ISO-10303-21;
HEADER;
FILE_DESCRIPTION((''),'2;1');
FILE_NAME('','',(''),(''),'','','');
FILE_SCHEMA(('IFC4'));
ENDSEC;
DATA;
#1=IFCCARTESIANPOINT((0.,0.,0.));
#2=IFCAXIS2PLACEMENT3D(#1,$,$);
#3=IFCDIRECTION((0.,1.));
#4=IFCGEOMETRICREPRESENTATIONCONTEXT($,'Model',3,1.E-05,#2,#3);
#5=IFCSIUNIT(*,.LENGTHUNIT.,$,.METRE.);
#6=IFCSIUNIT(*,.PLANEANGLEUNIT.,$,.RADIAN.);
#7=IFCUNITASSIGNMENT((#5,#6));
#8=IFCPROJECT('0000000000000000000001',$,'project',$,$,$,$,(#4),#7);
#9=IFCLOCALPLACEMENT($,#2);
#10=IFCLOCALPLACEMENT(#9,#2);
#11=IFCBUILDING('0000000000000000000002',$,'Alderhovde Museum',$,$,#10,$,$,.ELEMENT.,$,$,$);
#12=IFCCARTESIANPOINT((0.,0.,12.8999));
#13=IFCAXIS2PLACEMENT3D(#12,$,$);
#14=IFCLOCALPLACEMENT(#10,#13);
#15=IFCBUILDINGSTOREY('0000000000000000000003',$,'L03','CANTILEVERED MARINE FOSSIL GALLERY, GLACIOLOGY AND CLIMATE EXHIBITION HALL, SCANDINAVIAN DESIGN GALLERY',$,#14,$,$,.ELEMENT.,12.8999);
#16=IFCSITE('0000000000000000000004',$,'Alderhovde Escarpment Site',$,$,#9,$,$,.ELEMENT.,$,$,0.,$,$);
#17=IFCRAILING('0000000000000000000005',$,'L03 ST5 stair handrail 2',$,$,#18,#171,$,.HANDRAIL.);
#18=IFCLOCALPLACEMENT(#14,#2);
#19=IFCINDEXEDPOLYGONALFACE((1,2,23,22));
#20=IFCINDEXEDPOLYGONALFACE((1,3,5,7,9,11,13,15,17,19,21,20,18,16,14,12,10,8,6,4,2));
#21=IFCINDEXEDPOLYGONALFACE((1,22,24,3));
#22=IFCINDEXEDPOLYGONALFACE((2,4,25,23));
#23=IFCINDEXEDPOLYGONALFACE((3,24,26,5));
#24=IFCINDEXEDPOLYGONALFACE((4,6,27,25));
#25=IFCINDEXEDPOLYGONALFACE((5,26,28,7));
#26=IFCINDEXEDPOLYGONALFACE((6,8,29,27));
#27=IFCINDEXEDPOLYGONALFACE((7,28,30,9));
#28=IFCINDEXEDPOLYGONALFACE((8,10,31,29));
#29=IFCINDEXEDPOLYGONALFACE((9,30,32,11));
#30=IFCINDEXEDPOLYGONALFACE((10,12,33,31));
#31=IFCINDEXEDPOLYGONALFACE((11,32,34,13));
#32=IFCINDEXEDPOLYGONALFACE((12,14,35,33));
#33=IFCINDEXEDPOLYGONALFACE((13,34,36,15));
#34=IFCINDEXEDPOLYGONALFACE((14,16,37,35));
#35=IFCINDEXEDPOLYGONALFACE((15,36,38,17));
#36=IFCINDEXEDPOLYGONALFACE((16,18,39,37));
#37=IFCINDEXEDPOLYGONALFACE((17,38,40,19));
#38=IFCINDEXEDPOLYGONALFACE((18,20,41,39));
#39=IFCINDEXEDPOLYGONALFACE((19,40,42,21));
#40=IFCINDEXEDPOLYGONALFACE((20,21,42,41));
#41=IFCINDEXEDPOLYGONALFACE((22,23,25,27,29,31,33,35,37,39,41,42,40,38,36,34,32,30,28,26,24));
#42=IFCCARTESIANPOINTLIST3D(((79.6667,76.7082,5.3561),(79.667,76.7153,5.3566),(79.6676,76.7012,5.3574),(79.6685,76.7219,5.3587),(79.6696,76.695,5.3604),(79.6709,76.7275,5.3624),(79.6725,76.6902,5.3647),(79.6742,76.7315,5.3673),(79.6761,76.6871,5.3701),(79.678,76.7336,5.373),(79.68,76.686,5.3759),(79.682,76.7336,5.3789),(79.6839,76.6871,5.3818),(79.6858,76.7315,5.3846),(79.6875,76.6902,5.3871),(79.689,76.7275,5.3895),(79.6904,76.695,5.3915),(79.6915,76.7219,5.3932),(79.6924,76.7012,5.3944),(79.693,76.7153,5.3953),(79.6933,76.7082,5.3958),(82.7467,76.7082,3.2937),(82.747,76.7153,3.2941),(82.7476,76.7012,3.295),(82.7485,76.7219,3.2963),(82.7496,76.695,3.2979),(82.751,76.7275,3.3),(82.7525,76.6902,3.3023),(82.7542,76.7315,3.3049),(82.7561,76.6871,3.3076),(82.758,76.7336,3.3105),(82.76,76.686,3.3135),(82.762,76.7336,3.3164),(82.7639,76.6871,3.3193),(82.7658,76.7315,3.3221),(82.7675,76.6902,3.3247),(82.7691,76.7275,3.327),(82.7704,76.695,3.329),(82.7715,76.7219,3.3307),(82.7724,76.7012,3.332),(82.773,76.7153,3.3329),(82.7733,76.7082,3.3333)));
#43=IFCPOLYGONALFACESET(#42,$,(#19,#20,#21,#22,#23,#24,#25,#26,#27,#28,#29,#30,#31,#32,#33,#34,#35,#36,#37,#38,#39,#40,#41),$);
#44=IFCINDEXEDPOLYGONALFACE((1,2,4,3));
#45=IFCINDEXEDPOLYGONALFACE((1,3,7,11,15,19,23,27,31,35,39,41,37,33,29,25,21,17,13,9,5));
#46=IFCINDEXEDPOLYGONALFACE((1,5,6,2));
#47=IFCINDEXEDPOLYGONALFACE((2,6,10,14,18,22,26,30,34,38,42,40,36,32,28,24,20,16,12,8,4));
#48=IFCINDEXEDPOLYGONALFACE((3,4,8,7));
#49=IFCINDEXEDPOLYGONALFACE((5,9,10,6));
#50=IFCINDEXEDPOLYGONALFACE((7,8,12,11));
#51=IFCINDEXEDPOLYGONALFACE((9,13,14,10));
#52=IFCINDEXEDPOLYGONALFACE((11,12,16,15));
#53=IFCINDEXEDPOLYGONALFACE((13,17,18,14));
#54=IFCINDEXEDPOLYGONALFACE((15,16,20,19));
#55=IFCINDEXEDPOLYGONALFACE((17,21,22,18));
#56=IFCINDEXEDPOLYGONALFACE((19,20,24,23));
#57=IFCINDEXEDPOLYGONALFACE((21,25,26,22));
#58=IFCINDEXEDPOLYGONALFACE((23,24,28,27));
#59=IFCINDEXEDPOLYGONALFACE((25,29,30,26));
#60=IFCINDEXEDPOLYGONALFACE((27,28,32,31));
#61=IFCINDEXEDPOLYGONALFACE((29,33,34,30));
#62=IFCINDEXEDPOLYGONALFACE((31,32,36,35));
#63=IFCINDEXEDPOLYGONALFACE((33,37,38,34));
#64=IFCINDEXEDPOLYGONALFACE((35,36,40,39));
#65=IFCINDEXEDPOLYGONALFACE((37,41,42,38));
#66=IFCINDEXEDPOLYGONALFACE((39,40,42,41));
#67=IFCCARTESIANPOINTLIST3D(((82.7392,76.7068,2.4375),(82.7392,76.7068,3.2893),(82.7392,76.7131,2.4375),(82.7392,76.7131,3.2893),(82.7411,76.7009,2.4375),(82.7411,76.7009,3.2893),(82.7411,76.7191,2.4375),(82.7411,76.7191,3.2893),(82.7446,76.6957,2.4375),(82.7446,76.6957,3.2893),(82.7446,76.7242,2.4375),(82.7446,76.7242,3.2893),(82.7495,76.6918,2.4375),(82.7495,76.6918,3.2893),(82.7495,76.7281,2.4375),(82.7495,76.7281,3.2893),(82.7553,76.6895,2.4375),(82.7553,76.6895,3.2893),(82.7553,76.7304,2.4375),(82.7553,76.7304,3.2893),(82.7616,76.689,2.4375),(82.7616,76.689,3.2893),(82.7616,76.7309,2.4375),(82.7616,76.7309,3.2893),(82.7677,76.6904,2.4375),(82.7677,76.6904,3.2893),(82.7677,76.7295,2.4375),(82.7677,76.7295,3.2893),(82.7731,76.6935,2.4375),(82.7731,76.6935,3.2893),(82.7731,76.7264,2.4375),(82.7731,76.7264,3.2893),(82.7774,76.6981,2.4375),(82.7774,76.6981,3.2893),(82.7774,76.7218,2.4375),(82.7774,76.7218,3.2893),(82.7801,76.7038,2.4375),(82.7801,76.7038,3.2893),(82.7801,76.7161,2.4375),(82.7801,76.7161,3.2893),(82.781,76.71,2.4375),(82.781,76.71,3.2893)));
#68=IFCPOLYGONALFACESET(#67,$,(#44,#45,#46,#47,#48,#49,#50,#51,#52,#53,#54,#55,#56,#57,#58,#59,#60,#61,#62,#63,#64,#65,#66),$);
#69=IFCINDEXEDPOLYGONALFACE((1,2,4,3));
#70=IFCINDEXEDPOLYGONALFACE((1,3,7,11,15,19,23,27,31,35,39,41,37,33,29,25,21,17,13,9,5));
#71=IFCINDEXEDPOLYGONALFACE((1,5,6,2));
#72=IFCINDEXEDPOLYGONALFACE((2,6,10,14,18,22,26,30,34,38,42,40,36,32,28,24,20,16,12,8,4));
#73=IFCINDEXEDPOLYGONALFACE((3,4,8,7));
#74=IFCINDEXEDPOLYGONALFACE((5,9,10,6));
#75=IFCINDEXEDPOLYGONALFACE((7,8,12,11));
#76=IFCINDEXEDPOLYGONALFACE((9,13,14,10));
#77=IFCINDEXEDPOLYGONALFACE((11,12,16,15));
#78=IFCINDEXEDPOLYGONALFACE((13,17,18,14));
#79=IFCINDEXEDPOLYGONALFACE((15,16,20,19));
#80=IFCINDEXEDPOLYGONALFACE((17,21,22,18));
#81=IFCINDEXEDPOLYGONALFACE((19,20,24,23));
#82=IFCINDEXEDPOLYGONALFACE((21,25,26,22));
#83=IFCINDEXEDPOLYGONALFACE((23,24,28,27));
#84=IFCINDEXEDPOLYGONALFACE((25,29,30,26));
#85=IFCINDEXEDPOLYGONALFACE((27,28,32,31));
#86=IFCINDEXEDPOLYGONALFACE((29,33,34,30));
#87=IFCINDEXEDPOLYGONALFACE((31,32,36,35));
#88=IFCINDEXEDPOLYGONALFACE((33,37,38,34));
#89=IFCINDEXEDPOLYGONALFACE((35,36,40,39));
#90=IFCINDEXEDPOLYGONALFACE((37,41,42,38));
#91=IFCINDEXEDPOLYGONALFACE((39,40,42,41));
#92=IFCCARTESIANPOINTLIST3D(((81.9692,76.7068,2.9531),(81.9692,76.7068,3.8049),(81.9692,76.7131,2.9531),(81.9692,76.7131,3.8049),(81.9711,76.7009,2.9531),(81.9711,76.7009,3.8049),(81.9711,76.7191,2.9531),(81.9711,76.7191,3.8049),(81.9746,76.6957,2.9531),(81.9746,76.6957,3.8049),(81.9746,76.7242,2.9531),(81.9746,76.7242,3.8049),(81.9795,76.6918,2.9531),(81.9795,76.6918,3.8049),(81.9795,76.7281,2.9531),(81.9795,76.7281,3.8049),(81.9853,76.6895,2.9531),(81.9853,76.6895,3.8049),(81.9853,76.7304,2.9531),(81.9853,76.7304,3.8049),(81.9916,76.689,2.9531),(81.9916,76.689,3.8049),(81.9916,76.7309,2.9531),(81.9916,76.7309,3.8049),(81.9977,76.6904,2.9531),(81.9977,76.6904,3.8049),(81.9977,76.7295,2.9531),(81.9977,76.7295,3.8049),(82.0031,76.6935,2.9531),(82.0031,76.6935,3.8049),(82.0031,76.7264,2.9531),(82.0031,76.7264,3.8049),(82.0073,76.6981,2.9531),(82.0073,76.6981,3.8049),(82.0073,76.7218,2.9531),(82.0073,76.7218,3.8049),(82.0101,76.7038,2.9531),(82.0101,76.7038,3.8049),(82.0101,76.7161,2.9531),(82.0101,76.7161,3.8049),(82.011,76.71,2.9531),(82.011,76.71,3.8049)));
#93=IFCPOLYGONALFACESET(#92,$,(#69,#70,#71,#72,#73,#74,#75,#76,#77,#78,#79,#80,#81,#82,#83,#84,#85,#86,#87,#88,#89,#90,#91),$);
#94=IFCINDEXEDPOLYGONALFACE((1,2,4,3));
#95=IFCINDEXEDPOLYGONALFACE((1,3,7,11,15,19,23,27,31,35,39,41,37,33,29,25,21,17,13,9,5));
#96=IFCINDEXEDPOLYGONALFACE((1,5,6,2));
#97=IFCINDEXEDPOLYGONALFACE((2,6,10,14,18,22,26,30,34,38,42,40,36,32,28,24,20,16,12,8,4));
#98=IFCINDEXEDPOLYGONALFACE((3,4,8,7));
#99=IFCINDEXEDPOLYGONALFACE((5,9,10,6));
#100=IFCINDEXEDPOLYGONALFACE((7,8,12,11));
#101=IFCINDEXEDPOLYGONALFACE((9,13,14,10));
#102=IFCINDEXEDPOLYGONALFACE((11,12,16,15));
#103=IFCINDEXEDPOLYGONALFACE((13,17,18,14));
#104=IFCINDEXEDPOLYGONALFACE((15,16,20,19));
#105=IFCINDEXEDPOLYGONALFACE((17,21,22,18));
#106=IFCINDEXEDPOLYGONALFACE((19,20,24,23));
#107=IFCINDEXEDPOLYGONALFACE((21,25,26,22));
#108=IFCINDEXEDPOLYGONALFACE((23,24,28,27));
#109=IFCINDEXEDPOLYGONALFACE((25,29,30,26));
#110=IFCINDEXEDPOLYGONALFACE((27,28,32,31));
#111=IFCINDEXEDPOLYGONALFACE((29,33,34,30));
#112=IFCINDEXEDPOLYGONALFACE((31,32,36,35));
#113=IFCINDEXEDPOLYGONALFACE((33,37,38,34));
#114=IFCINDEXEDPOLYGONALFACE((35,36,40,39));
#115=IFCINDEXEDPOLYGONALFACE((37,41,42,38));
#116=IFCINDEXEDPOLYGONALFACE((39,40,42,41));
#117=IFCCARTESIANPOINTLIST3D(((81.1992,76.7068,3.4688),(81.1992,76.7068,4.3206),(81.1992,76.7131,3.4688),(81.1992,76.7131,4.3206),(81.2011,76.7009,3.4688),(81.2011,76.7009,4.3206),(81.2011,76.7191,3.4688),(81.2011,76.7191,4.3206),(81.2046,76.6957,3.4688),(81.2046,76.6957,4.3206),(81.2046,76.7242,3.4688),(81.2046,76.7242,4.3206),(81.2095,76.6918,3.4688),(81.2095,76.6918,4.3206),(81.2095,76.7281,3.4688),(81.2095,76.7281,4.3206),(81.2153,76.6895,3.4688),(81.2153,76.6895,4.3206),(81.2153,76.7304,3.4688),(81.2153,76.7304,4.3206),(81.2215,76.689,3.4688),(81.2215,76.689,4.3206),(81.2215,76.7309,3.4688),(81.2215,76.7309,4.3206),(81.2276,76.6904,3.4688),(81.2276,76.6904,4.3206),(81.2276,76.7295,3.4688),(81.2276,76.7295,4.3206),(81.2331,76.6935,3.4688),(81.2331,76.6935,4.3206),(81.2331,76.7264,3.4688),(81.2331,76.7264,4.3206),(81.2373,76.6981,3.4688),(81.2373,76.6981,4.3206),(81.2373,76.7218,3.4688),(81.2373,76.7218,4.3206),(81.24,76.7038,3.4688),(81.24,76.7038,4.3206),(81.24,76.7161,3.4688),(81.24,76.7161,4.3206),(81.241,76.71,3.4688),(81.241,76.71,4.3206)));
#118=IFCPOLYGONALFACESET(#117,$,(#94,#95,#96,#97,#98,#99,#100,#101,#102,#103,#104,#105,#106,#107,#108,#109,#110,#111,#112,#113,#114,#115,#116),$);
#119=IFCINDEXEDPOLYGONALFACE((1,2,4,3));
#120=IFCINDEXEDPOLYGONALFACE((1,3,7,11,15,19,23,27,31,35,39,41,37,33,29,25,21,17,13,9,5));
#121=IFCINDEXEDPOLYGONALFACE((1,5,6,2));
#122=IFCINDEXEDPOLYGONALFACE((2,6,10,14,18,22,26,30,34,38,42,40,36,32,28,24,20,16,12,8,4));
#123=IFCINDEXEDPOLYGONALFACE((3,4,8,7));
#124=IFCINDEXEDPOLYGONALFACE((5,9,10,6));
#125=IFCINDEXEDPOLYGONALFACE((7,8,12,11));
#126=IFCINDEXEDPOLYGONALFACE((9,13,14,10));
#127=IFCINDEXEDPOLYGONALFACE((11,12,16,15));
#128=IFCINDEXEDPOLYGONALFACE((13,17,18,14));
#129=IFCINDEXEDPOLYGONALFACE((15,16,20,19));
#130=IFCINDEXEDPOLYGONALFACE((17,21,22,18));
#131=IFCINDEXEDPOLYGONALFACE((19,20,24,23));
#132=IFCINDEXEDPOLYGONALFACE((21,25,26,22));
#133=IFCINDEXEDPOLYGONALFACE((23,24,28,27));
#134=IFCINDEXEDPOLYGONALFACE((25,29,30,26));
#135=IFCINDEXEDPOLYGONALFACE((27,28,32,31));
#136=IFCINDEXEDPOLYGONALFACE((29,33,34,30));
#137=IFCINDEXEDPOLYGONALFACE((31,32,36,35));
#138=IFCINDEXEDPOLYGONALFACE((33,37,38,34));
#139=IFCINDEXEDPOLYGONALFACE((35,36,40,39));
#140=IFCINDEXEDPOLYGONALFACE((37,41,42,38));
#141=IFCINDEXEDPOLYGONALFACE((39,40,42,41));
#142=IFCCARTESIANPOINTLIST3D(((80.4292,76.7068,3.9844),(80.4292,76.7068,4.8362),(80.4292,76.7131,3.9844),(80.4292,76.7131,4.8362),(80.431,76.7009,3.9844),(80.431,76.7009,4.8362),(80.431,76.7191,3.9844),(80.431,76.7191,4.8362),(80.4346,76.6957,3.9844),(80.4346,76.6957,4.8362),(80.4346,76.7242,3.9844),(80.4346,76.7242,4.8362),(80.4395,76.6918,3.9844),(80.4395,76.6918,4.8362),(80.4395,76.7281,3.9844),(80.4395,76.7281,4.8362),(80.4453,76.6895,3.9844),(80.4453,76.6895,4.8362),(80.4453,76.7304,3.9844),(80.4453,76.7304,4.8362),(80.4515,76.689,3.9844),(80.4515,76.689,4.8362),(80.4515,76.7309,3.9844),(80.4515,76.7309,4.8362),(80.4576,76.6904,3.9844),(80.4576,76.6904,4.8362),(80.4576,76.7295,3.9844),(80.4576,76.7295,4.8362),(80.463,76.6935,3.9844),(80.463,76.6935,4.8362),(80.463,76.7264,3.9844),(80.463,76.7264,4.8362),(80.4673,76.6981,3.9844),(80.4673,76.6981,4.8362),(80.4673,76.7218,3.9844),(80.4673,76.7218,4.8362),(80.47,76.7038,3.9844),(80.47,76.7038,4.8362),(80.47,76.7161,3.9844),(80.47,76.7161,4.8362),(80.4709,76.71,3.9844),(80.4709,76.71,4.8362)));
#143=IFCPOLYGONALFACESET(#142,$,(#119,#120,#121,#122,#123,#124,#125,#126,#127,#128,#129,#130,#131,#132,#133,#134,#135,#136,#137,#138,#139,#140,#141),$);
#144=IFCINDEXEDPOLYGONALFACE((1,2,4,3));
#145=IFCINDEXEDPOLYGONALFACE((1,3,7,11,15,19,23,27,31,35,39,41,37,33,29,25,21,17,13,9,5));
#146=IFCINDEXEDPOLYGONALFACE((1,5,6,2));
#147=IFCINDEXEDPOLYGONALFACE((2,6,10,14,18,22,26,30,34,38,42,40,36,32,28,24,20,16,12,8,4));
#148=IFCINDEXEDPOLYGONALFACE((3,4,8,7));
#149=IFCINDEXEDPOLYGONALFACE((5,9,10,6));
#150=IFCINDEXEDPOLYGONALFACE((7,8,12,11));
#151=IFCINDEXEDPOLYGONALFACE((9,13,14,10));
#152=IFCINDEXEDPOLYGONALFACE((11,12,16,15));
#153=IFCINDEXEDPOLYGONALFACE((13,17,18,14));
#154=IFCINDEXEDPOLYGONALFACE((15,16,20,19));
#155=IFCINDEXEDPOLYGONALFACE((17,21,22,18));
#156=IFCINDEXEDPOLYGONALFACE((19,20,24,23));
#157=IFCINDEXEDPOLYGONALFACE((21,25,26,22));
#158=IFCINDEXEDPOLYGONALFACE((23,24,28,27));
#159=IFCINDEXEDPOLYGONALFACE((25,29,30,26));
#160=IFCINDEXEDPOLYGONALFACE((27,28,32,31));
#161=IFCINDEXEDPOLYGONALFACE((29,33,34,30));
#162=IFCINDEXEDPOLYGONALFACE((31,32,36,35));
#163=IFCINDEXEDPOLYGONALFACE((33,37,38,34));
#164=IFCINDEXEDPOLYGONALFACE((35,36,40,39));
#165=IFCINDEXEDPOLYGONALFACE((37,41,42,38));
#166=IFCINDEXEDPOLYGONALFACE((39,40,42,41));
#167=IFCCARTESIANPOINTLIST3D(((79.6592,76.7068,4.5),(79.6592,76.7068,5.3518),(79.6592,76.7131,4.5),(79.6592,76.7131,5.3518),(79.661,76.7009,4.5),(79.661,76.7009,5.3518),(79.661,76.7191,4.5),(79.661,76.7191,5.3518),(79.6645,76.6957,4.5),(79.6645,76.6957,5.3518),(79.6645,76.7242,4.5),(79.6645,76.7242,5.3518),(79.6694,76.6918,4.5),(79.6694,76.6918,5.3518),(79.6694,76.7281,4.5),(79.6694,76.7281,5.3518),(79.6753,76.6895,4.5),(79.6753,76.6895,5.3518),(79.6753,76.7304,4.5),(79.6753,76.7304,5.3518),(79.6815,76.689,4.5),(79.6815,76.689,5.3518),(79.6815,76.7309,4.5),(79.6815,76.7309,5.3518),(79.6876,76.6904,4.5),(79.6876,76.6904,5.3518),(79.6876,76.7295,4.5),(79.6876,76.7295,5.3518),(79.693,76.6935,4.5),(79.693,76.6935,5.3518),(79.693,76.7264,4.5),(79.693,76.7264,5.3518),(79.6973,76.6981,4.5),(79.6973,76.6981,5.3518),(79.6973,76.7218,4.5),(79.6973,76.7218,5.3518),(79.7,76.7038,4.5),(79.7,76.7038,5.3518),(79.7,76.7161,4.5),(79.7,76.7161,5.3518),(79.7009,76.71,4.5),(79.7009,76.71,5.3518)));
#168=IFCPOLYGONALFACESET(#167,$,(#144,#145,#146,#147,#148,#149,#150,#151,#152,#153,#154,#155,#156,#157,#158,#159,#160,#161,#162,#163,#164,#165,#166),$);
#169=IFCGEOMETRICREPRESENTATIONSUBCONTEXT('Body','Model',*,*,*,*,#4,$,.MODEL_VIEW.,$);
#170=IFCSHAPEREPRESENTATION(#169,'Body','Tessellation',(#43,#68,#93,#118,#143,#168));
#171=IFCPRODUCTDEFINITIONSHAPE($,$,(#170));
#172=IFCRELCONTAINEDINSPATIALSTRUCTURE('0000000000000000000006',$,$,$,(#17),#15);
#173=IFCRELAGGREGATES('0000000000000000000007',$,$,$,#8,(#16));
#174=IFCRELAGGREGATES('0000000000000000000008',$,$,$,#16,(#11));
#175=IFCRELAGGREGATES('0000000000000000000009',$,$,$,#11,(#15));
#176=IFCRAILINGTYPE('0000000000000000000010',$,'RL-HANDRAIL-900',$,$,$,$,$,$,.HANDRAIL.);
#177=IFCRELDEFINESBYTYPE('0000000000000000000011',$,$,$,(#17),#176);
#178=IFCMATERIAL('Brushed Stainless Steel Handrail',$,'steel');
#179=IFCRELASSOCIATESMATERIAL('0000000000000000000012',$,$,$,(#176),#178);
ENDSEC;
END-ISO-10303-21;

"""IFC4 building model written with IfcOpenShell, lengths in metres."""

from ifc_helpers import new_model, si_unit, direction, frame, origin, origin_2d, place, context, subcontext, project, spatial, circle, extrude, material, type_object, element, save


model = new_model("IFC4")

# Units and contexts
model_context = context("Model", 3, precision=1e-05, world=origin(), true_north=direction((0.0, 1.0)))
body_context = subcontext(model_context, "Body", "Model", "MODEL_VIEW")
ifc_project = project(units=[si_unit("LENGTHUNIT", "METRE"), si_unit("PLANEANGLEUNIT", "RADIAN")], contexts=[model_context])

# Site, building, storey
site_placement = place(None, origin())
site = spatial("IfcSite", under=ifc_project, at=site_placement, Name="Alderhovde Escarpment Site", CompositionType="ELEMENT", RefElevation=0.0)
building_placement = place(site_placement, origin())
building = spatial("IfcBuilding", under=site, at=building_placement, Name="Alderhovde Museum", CompositionType="ELEMENT")
storey_placement = place(building_placement, frame((0.0, 0.0, 12.8999)))
storey = spatial("IfcBuildingStorey", under=building, at=storey_placement, Name="L03", Description="CANTILEVERED MARINE FOSSIL GALLERY, GLACIOLOGY AND CLIMATE EXHIBITION HALL, SCANDINAVIAN DESIGN GALLERY", CompositionType="ELEMENT", Elevation=12.8999)

# Railing
ifc_material_1 = material(Name="Brushed Stainless Steel Handrail", Category="steel")
railing_type_1 = type_object("IfcRailingType", Name="RL-HANDRAIL-900", PredefinedType="HANDRAIL", material=ifc_material_1)
railing_1_placement = place(storey_placement, frame((82.76, 76.71, 2.4375)))
element("IfcRailing", 1, at=railing_1_placement, inside=storey, type_object=railing_type_1, Name="L03 ST5 stair handrail 2", PredefinedType="HANDRAIL", context=body_context, shape_type="SweptSolid", body=[
    extrude(circle(Radius=0.0239, at=origin_2d()), frame((0.0, 0.0, 0.876), z_axis=(-0.830914, 0.0, 0.556401), x_axis=(0.0, -1.0, 0.0)), (0.0, 0.0, 1.0), 3.7068),
    extrude(circle(Radius=0.021, at=origin_2d()), origin(), (0.0, 0.0, 1.0), 0.8518),
    extrude(circle(Radius=0.021, at=origin_2d()), frame((-0.77, 0.0, 0.5156)), (0.0, 0.0, 1.0), 0.8518),
    extrude(circle(Radius=0.021, at=origin_2d()), frame((-1.54, 0.0, 1.0312)), (0.0, 0.0, 1.0), 0.8518),
    extrude(circle(Radius=0.021, at=origin_2d()), frame((-2.3101, 0.0, 1.5469)), (0.0, 0.0, 1.0), 0.8518),
    extrude(circle(Radius=0.021, at=origin_2d()), frame((-3.0801, 0.0, 2.0625)), (0.0, 0.0, 1.0), 0.8518),
])

save(model, "model.ifc")
